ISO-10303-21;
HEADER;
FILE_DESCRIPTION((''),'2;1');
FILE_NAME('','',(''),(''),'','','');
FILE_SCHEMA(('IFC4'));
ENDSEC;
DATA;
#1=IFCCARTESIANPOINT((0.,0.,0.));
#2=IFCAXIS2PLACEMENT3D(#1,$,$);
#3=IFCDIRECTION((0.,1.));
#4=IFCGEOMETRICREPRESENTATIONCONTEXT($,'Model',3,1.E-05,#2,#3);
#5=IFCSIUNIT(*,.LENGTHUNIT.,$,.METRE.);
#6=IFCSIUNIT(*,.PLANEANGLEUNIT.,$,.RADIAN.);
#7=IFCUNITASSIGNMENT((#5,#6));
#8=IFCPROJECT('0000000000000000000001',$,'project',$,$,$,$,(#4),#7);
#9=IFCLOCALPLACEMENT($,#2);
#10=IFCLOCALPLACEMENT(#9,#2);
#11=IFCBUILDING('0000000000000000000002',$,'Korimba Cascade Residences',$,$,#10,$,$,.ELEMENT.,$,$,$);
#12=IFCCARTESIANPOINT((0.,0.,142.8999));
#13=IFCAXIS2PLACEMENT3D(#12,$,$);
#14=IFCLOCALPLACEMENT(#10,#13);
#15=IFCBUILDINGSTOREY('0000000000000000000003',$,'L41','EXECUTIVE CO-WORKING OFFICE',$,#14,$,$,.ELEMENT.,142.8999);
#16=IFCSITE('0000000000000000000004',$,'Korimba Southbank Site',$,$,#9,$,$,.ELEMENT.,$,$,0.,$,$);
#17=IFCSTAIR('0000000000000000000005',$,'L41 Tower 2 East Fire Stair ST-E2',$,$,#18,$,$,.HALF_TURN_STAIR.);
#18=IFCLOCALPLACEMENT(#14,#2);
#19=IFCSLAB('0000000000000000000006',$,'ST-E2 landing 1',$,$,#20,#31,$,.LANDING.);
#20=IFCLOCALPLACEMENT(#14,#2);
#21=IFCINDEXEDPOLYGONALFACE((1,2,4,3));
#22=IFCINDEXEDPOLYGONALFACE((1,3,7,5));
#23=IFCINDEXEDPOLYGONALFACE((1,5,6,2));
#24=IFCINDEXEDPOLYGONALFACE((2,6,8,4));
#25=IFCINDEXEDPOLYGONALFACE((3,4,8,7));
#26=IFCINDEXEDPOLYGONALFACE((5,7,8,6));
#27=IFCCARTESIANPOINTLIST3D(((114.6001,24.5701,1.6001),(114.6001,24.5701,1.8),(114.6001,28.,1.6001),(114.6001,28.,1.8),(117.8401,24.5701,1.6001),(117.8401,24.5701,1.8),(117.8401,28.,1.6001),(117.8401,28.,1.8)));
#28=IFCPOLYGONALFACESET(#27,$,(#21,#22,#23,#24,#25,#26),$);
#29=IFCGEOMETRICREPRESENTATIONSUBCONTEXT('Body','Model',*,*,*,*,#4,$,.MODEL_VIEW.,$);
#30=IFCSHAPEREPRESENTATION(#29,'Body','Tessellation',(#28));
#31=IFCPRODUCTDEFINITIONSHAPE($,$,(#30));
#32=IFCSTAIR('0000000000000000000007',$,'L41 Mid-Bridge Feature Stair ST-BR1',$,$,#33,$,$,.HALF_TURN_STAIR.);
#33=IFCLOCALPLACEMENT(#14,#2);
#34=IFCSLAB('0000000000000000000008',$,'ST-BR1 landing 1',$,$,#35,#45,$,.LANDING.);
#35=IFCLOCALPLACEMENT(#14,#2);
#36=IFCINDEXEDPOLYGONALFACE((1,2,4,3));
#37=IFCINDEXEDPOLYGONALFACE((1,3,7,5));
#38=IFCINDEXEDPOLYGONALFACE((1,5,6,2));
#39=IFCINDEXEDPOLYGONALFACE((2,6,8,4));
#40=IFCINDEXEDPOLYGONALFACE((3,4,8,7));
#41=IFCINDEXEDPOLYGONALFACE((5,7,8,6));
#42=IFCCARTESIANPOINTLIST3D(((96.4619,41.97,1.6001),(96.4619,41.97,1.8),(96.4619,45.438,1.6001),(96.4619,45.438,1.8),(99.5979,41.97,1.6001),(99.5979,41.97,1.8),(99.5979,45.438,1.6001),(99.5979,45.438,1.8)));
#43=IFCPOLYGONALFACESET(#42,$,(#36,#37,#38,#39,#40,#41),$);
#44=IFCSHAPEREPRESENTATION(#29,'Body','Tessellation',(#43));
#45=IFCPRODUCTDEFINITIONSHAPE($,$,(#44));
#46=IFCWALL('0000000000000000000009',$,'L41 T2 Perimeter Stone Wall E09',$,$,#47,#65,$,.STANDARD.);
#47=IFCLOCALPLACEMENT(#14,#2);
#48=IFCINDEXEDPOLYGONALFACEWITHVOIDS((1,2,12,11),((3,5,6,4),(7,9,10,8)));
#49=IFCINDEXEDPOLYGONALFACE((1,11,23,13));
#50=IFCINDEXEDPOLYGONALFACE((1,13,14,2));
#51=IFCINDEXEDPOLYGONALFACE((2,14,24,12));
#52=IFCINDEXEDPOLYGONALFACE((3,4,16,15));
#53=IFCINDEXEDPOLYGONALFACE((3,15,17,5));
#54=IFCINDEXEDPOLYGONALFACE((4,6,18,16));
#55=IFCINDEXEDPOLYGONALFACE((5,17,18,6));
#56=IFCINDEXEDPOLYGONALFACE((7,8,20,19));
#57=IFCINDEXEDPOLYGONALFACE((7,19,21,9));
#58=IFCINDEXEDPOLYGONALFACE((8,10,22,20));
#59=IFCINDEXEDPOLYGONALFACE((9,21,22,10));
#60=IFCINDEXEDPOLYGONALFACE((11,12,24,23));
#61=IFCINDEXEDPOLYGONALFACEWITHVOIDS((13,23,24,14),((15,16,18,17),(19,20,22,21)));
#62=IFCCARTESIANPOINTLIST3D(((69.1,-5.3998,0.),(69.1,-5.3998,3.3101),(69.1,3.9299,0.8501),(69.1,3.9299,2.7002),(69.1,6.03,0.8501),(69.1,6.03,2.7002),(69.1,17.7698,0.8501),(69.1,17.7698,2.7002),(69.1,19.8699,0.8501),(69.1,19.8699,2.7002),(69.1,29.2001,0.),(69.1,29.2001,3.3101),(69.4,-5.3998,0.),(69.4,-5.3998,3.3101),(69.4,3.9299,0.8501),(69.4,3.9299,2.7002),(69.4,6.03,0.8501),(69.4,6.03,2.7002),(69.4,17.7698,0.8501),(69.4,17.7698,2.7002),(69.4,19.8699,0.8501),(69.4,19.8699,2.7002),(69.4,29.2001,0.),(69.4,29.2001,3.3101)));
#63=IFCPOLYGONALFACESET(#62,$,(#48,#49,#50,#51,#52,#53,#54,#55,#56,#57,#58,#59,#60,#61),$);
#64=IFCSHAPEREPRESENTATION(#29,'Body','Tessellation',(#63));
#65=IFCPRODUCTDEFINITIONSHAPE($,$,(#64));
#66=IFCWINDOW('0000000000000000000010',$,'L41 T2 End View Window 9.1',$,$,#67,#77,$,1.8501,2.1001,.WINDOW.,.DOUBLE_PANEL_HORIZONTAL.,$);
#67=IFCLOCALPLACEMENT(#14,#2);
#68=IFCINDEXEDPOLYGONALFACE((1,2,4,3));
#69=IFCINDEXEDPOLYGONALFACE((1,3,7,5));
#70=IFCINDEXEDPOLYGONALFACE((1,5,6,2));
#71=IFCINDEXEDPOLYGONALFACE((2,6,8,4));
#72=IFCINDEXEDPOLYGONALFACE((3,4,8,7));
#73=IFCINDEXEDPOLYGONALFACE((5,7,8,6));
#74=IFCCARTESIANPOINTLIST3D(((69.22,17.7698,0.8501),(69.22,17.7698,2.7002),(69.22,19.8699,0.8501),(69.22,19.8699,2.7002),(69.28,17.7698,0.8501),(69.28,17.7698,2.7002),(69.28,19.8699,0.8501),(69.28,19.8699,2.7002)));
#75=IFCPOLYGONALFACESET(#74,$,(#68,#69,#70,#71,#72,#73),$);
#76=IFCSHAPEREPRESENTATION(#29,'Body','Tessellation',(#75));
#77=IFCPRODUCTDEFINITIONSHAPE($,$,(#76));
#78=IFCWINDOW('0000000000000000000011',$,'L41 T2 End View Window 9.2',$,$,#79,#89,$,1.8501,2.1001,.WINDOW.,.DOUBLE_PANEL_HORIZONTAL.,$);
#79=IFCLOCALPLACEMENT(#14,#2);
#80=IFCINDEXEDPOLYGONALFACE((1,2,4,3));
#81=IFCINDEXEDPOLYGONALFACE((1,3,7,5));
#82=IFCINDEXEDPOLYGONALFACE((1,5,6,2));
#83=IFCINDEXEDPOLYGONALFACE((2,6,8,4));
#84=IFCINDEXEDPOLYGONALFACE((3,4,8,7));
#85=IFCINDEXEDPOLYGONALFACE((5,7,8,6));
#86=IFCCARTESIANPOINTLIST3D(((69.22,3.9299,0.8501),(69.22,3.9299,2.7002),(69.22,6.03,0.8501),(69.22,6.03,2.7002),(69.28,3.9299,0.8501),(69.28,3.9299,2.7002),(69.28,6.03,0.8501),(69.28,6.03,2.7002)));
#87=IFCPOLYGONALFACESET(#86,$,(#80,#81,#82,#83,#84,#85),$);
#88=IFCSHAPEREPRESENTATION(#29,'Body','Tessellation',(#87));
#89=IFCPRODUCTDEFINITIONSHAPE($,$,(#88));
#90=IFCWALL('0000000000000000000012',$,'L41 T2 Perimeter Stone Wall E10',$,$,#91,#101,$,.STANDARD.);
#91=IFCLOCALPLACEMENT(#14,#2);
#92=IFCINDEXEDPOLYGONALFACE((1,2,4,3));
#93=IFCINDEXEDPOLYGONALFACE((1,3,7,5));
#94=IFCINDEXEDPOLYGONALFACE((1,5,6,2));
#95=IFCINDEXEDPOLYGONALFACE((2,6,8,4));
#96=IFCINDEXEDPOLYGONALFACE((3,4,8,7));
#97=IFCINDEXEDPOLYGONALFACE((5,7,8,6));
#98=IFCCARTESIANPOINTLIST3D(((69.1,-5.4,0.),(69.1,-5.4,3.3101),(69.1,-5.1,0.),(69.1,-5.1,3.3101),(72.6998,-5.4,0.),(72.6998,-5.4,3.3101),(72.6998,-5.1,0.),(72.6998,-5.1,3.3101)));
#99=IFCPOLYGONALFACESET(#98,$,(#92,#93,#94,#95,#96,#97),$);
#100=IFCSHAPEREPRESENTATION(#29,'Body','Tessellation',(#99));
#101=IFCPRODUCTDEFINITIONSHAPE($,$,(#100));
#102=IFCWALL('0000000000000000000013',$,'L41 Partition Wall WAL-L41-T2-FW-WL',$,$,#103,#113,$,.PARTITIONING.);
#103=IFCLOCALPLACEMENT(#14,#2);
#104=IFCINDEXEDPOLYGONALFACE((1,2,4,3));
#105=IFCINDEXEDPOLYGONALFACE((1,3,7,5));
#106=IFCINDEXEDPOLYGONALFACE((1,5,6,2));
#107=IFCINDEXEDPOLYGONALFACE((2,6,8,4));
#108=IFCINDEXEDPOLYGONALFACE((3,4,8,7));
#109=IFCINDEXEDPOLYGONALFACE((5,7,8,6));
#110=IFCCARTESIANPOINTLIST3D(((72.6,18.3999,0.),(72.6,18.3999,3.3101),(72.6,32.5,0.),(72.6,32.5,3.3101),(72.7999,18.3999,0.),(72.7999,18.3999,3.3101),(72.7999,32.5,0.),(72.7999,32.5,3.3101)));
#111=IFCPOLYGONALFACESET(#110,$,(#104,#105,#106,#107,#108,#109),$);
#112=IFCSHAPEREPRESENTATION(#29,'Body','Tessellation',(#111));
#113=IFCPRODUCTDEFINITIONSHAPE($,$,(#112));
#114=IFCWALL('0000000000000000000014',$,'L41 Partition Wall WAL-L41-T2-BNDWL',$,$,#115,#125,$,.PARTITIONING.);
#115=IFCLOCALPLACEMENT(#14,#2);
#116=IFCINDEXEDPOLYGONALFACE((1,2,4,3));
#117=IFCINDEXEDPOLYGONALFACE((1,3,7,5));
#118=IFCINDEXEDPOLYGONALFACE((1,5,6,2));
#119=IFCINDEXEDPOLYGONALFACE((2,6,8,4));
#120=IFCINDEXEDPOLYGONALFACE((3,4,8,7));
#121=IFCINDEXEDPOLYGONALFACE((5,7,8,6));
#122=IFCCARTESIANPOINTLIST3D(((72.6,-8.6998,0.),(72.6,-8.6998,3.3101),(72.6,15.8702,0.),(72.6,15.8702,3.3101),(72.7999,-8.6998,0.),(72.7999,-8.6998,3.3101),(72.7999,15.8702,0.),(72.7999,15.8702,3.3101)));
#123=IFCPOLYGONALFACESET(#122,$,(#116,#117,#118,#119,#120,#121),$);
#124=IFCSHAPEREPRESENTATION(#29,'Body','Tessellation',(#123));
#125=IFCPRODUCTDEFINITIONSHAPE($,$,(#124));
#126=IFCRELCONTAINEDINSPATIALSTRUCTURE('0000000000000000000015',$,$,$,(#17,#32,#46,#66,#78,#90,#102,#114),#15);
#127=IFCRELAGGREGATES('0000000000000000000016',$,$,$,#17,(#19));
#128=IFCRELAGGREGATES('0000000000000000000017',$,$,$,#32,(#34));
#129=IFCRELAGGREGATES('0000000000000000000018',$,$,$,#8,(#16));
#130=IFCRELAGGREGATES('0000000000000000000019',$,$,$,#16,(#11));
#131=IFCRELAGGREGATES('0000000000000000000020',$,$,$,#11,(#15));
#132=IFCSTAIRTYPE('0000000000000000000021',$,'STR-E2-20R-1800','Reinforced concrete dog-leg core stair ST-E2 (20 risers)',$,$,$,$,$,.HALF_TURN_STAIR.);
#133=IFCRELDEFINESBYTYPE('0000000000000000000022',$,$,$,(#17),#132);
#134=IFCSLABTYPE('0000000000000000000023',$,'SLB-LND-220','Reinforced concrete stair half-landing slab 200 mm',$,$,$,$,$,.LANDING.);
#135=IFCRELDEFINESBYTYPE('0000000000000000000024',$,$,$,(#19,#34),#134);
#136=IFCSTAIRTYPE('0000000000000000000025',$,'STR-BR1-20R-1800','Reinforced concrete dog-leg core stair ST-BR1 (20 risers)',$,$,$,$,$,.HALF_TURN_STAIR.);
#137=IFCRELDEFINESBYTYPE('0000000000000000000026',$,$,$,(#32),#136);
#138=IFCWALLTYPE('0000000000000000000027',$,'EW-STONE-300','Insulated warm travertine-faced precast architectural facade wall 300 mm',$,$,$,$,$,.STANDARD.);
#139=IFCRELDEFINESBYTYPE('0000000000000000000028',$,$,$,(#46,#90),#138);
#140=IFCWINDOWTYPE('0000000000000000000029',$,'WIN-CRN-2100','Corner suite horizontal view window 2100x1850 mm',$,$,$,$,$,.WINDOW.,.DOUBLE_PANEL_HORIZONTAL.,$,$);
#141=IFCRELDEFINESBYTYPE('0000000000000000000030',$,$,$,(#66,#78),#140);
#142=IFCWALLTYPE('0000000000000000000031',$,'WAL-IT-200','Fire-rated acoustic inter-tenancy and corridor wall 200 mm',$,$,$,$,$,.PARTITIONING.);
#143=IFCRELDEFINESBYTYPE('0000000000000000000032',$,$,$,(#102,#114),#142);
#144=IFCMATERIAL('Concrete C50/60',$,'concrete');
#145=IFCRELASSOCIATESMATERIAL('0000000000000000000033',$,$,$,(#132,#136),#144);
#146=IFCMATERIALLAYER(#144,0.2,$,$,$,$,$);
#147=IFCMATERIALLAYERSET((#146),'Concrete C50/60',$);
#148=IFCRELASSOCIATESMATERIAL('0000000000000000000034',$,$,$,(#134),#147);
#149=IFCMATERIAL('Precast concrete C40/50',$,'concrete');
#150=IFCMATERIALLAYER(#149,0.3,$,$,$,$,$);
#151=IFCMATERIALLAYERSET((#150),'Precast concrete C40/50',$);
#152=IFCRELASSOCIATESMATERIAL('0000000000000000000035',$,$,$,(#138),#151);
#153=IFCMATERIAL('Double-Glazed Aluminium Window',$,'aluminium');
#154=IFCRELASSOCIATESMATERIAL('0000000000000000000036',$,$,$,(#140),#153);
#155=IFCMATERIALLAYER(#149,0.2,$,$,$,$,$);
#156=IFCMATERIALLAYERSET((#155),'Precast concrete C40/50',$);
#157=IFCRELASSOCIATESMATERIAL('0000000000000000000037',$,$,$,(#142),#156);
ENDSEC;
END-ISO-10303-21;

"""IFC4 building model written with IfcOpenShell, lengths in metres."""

from ifc_helpers import new_model, si_unit, direction, frame, frame_2d, origin, place, context, subcontext, project, spatial, polyline, rectangle, outline, extrude, material, layer, layer_set, type_object, element, fill, aggregate, save


model = new_model("IFC4")

# Units and contexts
model_context = context("Model", 3, precision=1e-05, world=origin(), true_north=direction((0.0, 1.0)))
body_context = subcontext(model_context, "Body", "Model", "MODEL_VIEW")
ifc_project = project(units=[si_unit("LENGTHUNIT", "METRE"), si_unit("PLANEANGLEUNIT", "RADIAN")], contexts=[model_context])

# Site, building, storey
site_placement = place(None, origin())
site = spatial("IfcSite", under=ifc_project, at=site_placement, Name="Korimba Southbank Site", CompositionType="ELEMENT", RefElevation=0.0)
building_placement = place(site_placement, origin())
building = spatial("IfcBuilding", under=site, at=building_placement, Name="Korimba Cascade Residences", CompositionType="ELEMENT")
storey_placement = place(building_placement, frame((0.0, 0.0, 142.8999)))
storey = spatial("IfcBuildingStorey", under=building, at=storey_placement, Name="L41", Description="EXECUTIVE CO-WORKING OFFICE", CompositionType="ELEMENT", Elevation=142.8999)

# Stairs, slabs
ifc_material_1 = material(Name="Concrete C50/60", Category="concrete")
stair_type_1 = type_object("IfcStairType", Name="STR-E2-20R-1800", Description="Reinforced concrete dog-leg core stair ST-E2 (20 risers)", PredefinedType="HALF_TURN_STAIR", material=ifc_material_1)
stair_1_placement = place(storey_placement, origin())
stair_1 = element("IfcStair", 1, at=stair_1_placement, inside=storey, type_object=stair_type_1, Name="L41 Tower 2 East Fire Stair ST-E2", PredefinedType="HALF_TURN_STAIR")
ifc_layer_1 = layer(ifc_material_1, 0.2)
ifc_layer_set_1 = layer_set([ifc_layer_1], Name="Concrete C50/60")
slab_type = type_object("IfcSlabType", Name="SLB-LND-220", Description="Reinforced concrete stair half-landing slab 200 mm", PredefinedType="LANDING", material=ifc_layer_set_1)
slab_1_placement = place(storey_placement, frame((0.0, 0.0, 1.6001)))
slab_1 = element("IfcSlab", 2, at=slab_1_placement, type_object=slab_type, Name="ST-E2 landing 1", PredefinedType="LANDING", context=body_context, shape_type="SweptSolid", body=[
    extrude(outline(polyline([(117.8401, 24.5701), (117.8401, 28.0), (114.6001, 28.0), (114.6001, 24.5701), (117.8401, 24.5701)])), origin(), (0.0, 0.0, 1.0), 0.2),
])
aggregate(stair_1, [slab_1])
stair_type_2 = type_object("IfcStairType", Name="STR-BR1-20R-1800", Description="Reinforced concrete dog-leg core stair ST-BR1 (20 risers)", PredefinedType="HALF_TURN_STAIR", material=ifc_material_1)
stair_2_placement = place(storey_placement, origin())
stair_2 = element("IfcStair", 3, at=stair_2_placement, inside=storey, type_object=stair_type_2, Name="L41 Mid-Bridge Feature Stair ST-BR1", PredefinedType="HALF_TURN_STAIR")
slab_2_placement = place(storey_placement, frame((0.0, 0.0, 1.6001)))
slab_2 = element("IfcSlab", 4, at=slab_2_placement, type_object=slab_type, Name="ST-BR1 landing 1", PredefinedType="LANDING", context=body_context, shape_type="SweptSolid", body=[
    extrude(outline(polyline([(96.4619, 41.97), (99.5979, 41.97), (99.5979, 45.438), (96.4619, 45.438), (96.4619, 41.97)])), origin(), (0.0, 0.0, 1.0), 0.2),
])
aggregate(stair_2, [slab_2])

# Shared definitions
ifc_material_2 = material(Name="Precast concrete C40/50", Category="concrete")
ifc_material_3 = material(Name="Double-Glazed Aluminium Window", Category="aluminium")

# Wall, openings, windows
ifc_layer_2 = layer(ifc_material_2, 0.3)
ifc_layer_set_2 = layer_set([ifc_layer_2], Name="Precast concrete C40/50")
wall_type_1 = type_object("IfcWallType", Name="EW-STONE-300", Description="Insulated warm travertine-faced precast architectural facade wall 300 mm", PredefinedType="STANDARD", material=ifc_layer_set_2)
wall_1_placement = place(storey_placement, frame((69.25, 29.2, 0.0), z_axis=(0.0, 0.0, 1.0), x_axis=(0.0, -1.0, 0.0)))
wall_1 = element("IfcWall", 5, at=wall_1_placement, inside=storey, type_object=wall_type_1, Name="L41 T2 Perimeter Stone Wall E09", PredefinedType="STANDARD", context=body_context, shape_type="SweptSolid", body=[
    extrude(rectangle(XDim=34.5999, YDim=0.3, at=frame_2d((17.2998, 0.0))), origin(), (0.0, 0.0, 1.0), 3.3101),
])
opening_1_placement = place(wall_1_placement, frame((9.3301, 0.0, 0.8501)))
opening_1 = element("IfcOpeningElement", 6, at=opening_1_placement, cuts=wall_1, PredefinedType="OPENING", context=body_context, shape_type="SweptSolid", body=[
    extrude(rectangle(XDim=2.1001, YDim=1.8501, at=frame_2d((1.05, 0.925))), frame((0.0, 0.1602, 0.0), z_axis=(0.0, -1.0, 0.0), x_axis=(1.0, 0.0, 0.0)), (0.0, 0.0, 1.0), 0.3201),
])
opening_2_placement = place(wall_1_placement, frame((23.1699, 0.0, 0.8501)))
opening_2 = element("IfcOpeningElement", 7, at=opening_2_placement, cuts=wall_1, PredefinedType="OPENING", context=body_context, shape_type="SweptSolid", body=[
    extrude(rectangle(XDim=2.1001, YDim=1.8501, at=frame_2d((1.05, 0.925))), frame((0.0, 0.1602, 0.0), z_axis=(0.0, -1.0, 0.0), x_axis=(1.0, 0.0, 0.0)), (0.0, 0.0, 1.0), 0.3201),
])
window_type_1 = type_object("IfcWindowType", Name="WIN-CRN-2100", Description="Corner suite horizontal view window 2100x1850 mm", PartitioningType="DOUBLE_PANEL_HORIZONTAL", PredefinedType="WINDOW", material=ifc_material_3)
window_1_placement = place(opening_1_placement, origin())
window_1 = element("IfcWindow", 8, at=window_1_placement, inside=storey, type_object=window_type_1, Name="L41 T2 End View Window 9.1", OverallHeight=1.8501, OverallWidth=2.1001, PartitioningType="DOUBLE_PANEL_HORIZONTAL", PredefinedType="WINDOW", context=body_context, shape_type="SweptSolid", body=[
    extrude(rectangle(XDim=2.1001, YDim=1.8501, at=frame_2d((1.05, 0.925))), frame((0.0, 0.03, 0.0), z_axis=(0.0, -1.0, 0.0), x_axis=(1.0, 0.0, 0.0)), (0.0, 0.0, 1.0), 0.0601),
])
fill(opening_1, window_1)
window_2_placement = place(opening_2_placement, origin())
window_2 = element("IfcWindow", 9, at=window_2_placement, inside=storey, type_object=window_type_1, Name="L41 T2 End View Window 9.2", OverallHeight=1.8501, OverallWidth=2.1001, PartitioningType="DOUBLE_PANEL_HORIZONTAL", PredefinedType="WINDOW", context=body_context, shape_type="SweptSolid", body=[
    extrude(rectangle(XDim=2.1001, YDim=1.8501, at=frame_2d((1.05, 0.925))), frame((0.0, 0.03, 0.0), z_axis=(0.0, -1.0, 0.0), x_axis=(1.0, 0.0, 0.0)), (0.0, 0.0, 1.0), 0.0601),
])
fill(opening_2, window_2)

# Walls
wall_2_placement = place(storey_placement, frame((69.1001, -5.25, 0.0), z_axis=(0.0, 0.0, 1.0), x_axis=(1.0, 0.0, 0.0)))
element("IfcWall", 10, at=wall_2_placement, inside=storey, type_object=wall_type_1, Name="L41 T2 Perimeter Stone Wall E10", PredefinedType="STANDARD", context=body_context, shape_type="SweptSolid", body=[
    extrude(rectangle(XDim=3.5999, YDim=0.3, at=frame_2d((1.7998, 0.0))), origin(), (0.0, 0.0, 1.0), 3.3101),
])
ifc_layer_3 = layer(ifc_material_2, 0.2)
ifc_layer_set_3 = layer_set([ifc_layer_3], Name="Precast concrete C40/50")
wall_type_2 = type_object("IfcWallType", Name="WAL-IT-200", Description="Fire-rated acoustic inter-tenancy and corridor wall 200 mm", PredefinedType="PARTITIONING", material=ifc_layer_set_3)
wall_3_placement = place(storey_placement, frame((72.7, 18.3999, 0.0), z_axis=(0.0, 0.0, 1.0), x_axis=(0.0, 1.0, 0.0)))
element("IfcWall", 11, at=wall_3_placement, inside=storey, type_object=wall_type_2, Name="L41 Partition Wall WAL-L41-T2-FW-WL", PredefinedType="PARTITIONING", context=body_context, shape_type="SweptSolid", body=[
    extrude(rectangle(XDim=14.1001, YDim=0.2, at=frame_2d((7.05, 0.0))), origin(), (0.0, 0.0, 1.0), 3.3101),
])
wall_4_placement = place(storey_placement, frame((72.7, -8.7, 0.0), z_axis=(0.0, 0.0, 1.0), x_axis=(0.0, 1.0, 0.0)))
element("IfcWall", 12, at=wall_4_placement, inside=storey, type_object=wall_type_2, Name="L41 Partition Wall WAL-L41-T2-BNDWL", PredefinedType="PARTITIONING", context=body_context, shape_type="SweptSolid", body=[
    extrude(rectangle(XDim=24.5701, YDim=0.2, at=frame_2d((12.2852, 0.0))), origin(), (0.0, 0.0, 1.0), 3.3101),
])

save(model, "model.ifc")
